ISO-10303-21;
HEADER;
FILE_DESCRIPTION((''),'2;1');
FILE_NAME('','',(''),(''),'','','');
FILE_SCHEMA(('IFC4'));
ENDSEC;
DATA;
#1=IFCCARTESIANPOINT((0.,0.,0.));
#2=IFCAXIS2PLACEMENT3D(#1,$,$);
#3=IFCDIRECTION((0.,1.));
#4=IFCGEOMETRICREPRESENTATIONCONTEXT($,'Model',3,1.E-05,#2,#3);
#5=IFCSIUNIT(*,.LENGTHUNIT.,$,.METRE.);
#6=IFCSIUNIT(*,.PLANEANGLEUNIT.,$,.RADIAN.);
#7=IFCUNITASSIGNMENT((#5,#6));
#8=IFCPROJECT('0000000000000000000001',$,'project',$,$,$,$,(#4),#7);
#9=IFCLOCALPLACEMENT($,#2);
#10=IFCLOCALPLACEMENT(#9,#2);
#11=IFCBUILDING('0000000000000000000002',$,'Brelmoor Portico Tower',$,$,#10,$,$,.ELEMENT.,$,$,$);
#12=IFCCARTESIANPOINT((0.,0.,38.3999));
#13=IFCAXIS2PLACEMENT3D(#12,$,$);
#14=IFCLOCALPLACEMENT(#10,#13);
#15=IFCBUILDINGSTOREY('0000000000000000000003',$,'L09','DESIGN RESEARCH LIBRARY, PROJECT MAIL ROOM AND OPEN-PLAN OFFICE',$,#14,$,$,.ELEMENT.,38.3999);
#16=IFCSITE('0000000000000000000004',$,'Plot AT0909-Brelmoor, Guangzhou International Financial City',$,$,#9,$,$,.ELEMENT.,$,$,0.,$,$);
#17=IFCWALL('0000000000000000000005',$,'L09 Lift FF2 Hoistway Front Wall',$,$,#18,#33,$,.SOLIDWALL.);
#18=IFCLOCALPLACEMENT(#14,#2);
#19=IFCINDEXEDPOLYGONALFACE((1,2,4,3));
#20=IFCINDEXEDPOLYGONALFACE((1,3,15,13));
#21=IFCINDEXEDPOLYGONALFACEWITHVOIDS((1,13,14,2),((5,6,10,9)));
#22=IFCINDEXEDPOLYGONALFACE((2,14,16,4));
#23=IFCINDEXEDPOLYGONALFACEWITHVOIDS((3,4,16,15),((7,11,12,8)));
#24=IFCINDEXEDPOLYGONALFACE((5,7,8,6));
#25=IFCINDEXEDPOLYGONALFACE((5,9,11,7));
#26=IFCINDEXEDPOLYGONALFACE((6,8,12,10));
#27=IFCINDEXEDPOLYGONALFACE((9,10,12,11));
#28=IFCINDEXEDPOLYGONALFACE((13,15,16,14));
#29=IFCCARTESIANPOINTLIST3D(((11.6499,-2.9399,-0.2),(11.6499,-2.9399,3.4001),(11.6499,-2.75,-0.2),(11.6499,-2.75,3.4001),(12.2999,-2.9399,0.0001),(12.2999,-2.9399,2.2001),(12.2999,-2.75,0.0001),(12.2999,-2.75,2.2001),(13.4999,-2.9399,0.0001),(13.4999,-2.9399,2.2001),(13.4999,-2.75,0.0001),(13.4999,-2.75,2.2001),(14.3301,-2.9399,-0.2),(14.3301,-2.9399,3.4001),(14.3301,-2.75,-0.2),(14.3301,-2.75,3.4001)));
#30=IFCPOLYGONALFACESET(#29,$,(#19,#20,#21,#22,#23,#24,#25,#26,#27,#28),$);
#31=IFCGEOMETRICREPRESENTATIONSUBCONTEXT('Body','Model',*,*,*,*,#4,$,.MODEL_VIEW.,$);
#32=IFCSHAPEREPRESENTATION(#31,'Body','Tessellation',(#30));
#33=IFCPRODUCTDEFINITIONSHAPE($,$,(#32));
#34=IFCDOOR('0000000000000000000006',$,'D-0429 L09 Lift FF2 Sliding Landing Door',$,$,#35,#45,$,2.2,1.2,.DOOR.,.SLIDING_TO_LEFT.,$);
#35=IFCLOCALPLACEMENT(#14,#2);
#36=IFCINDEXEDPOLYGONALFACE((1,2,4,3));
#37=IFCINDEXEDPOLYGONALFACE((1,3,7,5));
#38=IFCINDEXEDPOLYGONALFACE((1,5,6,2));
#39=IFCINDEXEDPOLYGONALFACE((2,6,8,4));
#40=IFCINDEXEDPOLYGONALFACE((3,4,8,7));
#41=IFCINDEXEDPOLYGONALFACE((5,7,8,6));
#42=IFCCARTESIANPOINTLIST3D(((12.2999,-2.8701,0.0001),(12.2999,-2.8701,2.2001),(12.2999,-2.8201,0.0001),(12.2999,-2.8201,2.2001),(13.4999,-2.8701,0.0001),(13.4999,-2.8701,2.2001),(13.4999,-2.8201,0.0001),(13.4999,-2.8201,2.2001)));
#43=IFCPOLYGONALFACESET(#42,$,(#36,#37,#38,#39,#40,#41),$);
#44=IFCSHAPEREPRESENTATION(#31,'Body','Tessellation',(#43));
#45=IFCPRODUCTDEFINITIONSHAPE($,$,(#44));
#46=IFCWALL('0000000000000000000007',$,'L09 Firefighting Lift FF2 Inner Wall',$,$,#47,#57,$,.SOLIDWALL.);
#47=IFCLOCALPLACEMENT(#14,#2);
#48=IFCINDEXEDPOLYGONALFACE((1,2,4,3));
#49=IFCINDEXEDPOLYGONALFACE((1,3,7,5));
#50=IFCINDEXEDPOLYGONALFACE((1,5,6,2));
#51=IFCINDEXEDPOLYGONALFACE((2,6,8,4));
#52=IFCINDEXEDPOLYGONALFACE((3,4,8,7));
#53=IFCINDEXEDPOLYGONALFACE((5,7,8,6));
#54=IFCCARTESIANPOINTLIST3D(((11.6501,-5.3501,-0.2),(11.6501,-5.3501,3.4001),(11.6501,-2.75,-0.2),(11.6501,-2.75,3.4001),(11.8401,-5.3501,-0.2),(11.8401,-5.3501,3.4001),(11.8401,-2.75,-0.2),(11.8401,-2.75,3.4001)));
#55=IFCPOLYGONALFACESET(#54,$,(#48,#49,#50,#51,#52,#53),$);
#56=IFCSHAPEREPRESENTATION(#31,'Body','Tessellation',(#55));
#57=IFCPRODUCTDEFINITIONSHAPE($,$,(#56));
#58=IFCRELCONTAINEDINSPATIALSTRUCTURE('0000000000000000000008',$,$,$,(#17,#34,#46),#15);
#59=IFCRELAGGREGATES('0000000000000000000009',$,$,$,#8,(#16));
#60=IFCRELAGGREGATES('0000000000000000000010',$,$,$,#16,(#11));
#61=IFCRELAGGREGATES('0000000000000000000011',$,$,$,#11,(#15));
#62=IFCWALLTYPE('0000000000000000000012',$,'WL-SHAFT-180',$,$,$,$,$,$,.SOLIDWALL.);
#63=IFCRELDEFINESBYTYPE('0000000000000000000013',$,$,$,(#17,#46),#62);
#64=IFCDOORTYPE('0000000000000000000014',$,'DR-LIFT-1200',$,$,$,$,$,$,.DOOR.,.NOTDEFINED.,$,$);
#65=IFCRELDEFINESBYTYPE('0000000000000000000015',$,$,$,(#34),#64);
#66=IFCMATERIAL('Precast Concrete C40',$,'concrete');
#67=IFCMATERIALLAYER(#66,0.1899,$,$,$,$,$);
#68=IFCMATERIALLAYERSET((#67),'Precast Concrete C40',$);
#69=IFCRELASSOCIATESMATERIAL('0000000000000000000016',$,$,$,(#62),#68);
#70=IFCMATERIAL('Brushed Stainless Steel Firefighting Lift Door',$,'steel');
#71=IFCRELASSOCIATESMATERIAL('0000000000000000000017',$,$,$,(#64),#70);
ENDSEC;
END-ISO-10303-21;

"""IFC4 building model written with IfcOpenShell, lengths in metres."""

from ifc_helpers import new_model, si_unit, direction, frame, frame_2d, origin, place, context, subcontext, project, spatial, rectangle, extrude, material, layer, layer_set, type_object, element, fill, save


model = new_model("IFC4")

# Units and contexts
model_context = context("Model", 3, precision=1e-05, world=origin(), true_north=direction((0.0, 1.0)))
body_context = subcontext(model_context, "Body", "Model", "MODEL_VIEW")
ifc_project = project(units=[si_unit("LENGTHUNIT", "METRE"), si_unit("PLANEANGLEUNIT", "RADIAN")], contexts=[model_context])

# Site, building, storey
site_placement = place(None, origin())
site = spatial("IfcSite", under=ifc_project, at=site_placement, Name="Plot AT0909-Brelmoor, Guangzhou International Financial City", CompositionType="ELEMENT", RefElevation=0.0)
building_placement = place(site_placement, origin())
building = spatial("IfcBuilding", under=site, at=building_placement, Name="Brelmoor Portico Tower", CompositionType="ELEMENT")
storey_placement = place(building_placement, frame((0.0, 0.0, 38.3999)))
storey = spatial("IfcBuildingStorey", under=building, at=storey_placement, Name="L09", Description="DESIGN RESEARCH LIBRARY, PROJECT MAIL ROOM AND OPEN-PLAN OFFICE", CompositionType="ELEMENT", Elevation=38.3999)

# Wall, opening, door
ifc_material_1 = material(Name="Precast Concrete C40", Category="concrete")
ifc_layer_1 = layer(ifc_material_1, 0.1899)
ifc_layer_set_1 = layer_set([ifc_layer_1], Name="Precast Concrete C40")
wall_type_1 = type_object("IfcWallType", Name="WL-SHAFT-180", PredefinedType="SOLIDWALL", material=ifc_layer_set_1)
wall_1_placement = place(storey_placement, frame((11.6499, -2.845, -0.2), z_axis=(0.0, 0.0, 1.0), x_axis=(1.0, 0.0, 0.0)))
wall_1 = element("IfcWall", 1, at=wall_1_placement, inside=storey, type_object=wall_type_1, Name="L09 Lift FF2 Hoistway Front Wall", PredefinedType="SOLIDWALL", context=body_context, shape_type="SweptSolid", body=[
    extrude(rectangle(XDim=2.6802, YDim=0.1899, at=frame_2d((1.3401, 0.0))), origin(), (0.0, 0.0, 1.0), 3.6001),
])
opening_1_placement = place(wall_1_placement, frame((0.6499, 0.0, 0.2)))
opening_1 = element("IfcOpeningElement", 2, at=opening_1_placement, cuts=wall_1, PredefinedType="OPENING", context=body_context, shape_type="SweptSolid", body=[
    extrude(rectangle(XDim=1.2, YDim=2.2, at=frame_2d((0.6001, 1.1001))), frame((0.0, 0.105, 0.0), z_axis=(0.0, -1.0, 0.0), x_axis=(1.0, 0.0, 0.0)), (0.0, 0.0, 1.0), 0.21),
])
ifc_material_2 = material(Name="Brushed Stainless Steel Firefighting Lift Door", Category="steel")
door_type_1 = type_object("IfcDoorType", Name="DR-LIFT-1200", OperationType="NOTDEFINED", PredefinedType="DOOR", material=ifc_material_2)
door_1_placement = place(opening_1_placement, origin())
door_1 = element("IfcDoor", 3, at=door_1_placement, inside=storey, type_object=door_type_1, Name="D-0429 L09 Lift FF2 Sliding Landing Door", OperationType="SLIDING_TO_LEFT", OverallHeight=2.2, OverallWidth=1.2, PredefinedType="DOOR", context=body_context, shape_type="SweptSolid", body=[
    extrude(rectangle(XDim=1.2, YDim=2.2, at=frame_2d((0.6001, 1.1001))), frame((0.0, 0.0249, 0.0), z_axis=(0.0, -1.0, 0.0), x_axis=(1.0, 0.0, 0.0)), (0.0, 0.0, 1.0), 0.05),
])
fill(opening_1, door_1)

# Wall
wall_2_placement = place(storey_placement, frame((11.7451, -5.3501, -0.2), z_axis=(0.0, 0.0, 1.0), x_axis=(0.0, 1.0, 0.0)))
element("IfcWall", 4, at=wall_2_placement, inside=storey, type_object=wall_type_1, Name="L09 Firefighting Lift FF2 Inner Wall", PredefinedType="SOLIDWALL", context=body_context, shape_type="SweptSolid", body=[
    extrude(rectangle(XDim=2.6001, YDim=0.1899, at=frame_2d((1.3, 0.0))), origin(), (0.0, 0.0, 1.0), 3.6001),
])

save(model, "model.ifc")
